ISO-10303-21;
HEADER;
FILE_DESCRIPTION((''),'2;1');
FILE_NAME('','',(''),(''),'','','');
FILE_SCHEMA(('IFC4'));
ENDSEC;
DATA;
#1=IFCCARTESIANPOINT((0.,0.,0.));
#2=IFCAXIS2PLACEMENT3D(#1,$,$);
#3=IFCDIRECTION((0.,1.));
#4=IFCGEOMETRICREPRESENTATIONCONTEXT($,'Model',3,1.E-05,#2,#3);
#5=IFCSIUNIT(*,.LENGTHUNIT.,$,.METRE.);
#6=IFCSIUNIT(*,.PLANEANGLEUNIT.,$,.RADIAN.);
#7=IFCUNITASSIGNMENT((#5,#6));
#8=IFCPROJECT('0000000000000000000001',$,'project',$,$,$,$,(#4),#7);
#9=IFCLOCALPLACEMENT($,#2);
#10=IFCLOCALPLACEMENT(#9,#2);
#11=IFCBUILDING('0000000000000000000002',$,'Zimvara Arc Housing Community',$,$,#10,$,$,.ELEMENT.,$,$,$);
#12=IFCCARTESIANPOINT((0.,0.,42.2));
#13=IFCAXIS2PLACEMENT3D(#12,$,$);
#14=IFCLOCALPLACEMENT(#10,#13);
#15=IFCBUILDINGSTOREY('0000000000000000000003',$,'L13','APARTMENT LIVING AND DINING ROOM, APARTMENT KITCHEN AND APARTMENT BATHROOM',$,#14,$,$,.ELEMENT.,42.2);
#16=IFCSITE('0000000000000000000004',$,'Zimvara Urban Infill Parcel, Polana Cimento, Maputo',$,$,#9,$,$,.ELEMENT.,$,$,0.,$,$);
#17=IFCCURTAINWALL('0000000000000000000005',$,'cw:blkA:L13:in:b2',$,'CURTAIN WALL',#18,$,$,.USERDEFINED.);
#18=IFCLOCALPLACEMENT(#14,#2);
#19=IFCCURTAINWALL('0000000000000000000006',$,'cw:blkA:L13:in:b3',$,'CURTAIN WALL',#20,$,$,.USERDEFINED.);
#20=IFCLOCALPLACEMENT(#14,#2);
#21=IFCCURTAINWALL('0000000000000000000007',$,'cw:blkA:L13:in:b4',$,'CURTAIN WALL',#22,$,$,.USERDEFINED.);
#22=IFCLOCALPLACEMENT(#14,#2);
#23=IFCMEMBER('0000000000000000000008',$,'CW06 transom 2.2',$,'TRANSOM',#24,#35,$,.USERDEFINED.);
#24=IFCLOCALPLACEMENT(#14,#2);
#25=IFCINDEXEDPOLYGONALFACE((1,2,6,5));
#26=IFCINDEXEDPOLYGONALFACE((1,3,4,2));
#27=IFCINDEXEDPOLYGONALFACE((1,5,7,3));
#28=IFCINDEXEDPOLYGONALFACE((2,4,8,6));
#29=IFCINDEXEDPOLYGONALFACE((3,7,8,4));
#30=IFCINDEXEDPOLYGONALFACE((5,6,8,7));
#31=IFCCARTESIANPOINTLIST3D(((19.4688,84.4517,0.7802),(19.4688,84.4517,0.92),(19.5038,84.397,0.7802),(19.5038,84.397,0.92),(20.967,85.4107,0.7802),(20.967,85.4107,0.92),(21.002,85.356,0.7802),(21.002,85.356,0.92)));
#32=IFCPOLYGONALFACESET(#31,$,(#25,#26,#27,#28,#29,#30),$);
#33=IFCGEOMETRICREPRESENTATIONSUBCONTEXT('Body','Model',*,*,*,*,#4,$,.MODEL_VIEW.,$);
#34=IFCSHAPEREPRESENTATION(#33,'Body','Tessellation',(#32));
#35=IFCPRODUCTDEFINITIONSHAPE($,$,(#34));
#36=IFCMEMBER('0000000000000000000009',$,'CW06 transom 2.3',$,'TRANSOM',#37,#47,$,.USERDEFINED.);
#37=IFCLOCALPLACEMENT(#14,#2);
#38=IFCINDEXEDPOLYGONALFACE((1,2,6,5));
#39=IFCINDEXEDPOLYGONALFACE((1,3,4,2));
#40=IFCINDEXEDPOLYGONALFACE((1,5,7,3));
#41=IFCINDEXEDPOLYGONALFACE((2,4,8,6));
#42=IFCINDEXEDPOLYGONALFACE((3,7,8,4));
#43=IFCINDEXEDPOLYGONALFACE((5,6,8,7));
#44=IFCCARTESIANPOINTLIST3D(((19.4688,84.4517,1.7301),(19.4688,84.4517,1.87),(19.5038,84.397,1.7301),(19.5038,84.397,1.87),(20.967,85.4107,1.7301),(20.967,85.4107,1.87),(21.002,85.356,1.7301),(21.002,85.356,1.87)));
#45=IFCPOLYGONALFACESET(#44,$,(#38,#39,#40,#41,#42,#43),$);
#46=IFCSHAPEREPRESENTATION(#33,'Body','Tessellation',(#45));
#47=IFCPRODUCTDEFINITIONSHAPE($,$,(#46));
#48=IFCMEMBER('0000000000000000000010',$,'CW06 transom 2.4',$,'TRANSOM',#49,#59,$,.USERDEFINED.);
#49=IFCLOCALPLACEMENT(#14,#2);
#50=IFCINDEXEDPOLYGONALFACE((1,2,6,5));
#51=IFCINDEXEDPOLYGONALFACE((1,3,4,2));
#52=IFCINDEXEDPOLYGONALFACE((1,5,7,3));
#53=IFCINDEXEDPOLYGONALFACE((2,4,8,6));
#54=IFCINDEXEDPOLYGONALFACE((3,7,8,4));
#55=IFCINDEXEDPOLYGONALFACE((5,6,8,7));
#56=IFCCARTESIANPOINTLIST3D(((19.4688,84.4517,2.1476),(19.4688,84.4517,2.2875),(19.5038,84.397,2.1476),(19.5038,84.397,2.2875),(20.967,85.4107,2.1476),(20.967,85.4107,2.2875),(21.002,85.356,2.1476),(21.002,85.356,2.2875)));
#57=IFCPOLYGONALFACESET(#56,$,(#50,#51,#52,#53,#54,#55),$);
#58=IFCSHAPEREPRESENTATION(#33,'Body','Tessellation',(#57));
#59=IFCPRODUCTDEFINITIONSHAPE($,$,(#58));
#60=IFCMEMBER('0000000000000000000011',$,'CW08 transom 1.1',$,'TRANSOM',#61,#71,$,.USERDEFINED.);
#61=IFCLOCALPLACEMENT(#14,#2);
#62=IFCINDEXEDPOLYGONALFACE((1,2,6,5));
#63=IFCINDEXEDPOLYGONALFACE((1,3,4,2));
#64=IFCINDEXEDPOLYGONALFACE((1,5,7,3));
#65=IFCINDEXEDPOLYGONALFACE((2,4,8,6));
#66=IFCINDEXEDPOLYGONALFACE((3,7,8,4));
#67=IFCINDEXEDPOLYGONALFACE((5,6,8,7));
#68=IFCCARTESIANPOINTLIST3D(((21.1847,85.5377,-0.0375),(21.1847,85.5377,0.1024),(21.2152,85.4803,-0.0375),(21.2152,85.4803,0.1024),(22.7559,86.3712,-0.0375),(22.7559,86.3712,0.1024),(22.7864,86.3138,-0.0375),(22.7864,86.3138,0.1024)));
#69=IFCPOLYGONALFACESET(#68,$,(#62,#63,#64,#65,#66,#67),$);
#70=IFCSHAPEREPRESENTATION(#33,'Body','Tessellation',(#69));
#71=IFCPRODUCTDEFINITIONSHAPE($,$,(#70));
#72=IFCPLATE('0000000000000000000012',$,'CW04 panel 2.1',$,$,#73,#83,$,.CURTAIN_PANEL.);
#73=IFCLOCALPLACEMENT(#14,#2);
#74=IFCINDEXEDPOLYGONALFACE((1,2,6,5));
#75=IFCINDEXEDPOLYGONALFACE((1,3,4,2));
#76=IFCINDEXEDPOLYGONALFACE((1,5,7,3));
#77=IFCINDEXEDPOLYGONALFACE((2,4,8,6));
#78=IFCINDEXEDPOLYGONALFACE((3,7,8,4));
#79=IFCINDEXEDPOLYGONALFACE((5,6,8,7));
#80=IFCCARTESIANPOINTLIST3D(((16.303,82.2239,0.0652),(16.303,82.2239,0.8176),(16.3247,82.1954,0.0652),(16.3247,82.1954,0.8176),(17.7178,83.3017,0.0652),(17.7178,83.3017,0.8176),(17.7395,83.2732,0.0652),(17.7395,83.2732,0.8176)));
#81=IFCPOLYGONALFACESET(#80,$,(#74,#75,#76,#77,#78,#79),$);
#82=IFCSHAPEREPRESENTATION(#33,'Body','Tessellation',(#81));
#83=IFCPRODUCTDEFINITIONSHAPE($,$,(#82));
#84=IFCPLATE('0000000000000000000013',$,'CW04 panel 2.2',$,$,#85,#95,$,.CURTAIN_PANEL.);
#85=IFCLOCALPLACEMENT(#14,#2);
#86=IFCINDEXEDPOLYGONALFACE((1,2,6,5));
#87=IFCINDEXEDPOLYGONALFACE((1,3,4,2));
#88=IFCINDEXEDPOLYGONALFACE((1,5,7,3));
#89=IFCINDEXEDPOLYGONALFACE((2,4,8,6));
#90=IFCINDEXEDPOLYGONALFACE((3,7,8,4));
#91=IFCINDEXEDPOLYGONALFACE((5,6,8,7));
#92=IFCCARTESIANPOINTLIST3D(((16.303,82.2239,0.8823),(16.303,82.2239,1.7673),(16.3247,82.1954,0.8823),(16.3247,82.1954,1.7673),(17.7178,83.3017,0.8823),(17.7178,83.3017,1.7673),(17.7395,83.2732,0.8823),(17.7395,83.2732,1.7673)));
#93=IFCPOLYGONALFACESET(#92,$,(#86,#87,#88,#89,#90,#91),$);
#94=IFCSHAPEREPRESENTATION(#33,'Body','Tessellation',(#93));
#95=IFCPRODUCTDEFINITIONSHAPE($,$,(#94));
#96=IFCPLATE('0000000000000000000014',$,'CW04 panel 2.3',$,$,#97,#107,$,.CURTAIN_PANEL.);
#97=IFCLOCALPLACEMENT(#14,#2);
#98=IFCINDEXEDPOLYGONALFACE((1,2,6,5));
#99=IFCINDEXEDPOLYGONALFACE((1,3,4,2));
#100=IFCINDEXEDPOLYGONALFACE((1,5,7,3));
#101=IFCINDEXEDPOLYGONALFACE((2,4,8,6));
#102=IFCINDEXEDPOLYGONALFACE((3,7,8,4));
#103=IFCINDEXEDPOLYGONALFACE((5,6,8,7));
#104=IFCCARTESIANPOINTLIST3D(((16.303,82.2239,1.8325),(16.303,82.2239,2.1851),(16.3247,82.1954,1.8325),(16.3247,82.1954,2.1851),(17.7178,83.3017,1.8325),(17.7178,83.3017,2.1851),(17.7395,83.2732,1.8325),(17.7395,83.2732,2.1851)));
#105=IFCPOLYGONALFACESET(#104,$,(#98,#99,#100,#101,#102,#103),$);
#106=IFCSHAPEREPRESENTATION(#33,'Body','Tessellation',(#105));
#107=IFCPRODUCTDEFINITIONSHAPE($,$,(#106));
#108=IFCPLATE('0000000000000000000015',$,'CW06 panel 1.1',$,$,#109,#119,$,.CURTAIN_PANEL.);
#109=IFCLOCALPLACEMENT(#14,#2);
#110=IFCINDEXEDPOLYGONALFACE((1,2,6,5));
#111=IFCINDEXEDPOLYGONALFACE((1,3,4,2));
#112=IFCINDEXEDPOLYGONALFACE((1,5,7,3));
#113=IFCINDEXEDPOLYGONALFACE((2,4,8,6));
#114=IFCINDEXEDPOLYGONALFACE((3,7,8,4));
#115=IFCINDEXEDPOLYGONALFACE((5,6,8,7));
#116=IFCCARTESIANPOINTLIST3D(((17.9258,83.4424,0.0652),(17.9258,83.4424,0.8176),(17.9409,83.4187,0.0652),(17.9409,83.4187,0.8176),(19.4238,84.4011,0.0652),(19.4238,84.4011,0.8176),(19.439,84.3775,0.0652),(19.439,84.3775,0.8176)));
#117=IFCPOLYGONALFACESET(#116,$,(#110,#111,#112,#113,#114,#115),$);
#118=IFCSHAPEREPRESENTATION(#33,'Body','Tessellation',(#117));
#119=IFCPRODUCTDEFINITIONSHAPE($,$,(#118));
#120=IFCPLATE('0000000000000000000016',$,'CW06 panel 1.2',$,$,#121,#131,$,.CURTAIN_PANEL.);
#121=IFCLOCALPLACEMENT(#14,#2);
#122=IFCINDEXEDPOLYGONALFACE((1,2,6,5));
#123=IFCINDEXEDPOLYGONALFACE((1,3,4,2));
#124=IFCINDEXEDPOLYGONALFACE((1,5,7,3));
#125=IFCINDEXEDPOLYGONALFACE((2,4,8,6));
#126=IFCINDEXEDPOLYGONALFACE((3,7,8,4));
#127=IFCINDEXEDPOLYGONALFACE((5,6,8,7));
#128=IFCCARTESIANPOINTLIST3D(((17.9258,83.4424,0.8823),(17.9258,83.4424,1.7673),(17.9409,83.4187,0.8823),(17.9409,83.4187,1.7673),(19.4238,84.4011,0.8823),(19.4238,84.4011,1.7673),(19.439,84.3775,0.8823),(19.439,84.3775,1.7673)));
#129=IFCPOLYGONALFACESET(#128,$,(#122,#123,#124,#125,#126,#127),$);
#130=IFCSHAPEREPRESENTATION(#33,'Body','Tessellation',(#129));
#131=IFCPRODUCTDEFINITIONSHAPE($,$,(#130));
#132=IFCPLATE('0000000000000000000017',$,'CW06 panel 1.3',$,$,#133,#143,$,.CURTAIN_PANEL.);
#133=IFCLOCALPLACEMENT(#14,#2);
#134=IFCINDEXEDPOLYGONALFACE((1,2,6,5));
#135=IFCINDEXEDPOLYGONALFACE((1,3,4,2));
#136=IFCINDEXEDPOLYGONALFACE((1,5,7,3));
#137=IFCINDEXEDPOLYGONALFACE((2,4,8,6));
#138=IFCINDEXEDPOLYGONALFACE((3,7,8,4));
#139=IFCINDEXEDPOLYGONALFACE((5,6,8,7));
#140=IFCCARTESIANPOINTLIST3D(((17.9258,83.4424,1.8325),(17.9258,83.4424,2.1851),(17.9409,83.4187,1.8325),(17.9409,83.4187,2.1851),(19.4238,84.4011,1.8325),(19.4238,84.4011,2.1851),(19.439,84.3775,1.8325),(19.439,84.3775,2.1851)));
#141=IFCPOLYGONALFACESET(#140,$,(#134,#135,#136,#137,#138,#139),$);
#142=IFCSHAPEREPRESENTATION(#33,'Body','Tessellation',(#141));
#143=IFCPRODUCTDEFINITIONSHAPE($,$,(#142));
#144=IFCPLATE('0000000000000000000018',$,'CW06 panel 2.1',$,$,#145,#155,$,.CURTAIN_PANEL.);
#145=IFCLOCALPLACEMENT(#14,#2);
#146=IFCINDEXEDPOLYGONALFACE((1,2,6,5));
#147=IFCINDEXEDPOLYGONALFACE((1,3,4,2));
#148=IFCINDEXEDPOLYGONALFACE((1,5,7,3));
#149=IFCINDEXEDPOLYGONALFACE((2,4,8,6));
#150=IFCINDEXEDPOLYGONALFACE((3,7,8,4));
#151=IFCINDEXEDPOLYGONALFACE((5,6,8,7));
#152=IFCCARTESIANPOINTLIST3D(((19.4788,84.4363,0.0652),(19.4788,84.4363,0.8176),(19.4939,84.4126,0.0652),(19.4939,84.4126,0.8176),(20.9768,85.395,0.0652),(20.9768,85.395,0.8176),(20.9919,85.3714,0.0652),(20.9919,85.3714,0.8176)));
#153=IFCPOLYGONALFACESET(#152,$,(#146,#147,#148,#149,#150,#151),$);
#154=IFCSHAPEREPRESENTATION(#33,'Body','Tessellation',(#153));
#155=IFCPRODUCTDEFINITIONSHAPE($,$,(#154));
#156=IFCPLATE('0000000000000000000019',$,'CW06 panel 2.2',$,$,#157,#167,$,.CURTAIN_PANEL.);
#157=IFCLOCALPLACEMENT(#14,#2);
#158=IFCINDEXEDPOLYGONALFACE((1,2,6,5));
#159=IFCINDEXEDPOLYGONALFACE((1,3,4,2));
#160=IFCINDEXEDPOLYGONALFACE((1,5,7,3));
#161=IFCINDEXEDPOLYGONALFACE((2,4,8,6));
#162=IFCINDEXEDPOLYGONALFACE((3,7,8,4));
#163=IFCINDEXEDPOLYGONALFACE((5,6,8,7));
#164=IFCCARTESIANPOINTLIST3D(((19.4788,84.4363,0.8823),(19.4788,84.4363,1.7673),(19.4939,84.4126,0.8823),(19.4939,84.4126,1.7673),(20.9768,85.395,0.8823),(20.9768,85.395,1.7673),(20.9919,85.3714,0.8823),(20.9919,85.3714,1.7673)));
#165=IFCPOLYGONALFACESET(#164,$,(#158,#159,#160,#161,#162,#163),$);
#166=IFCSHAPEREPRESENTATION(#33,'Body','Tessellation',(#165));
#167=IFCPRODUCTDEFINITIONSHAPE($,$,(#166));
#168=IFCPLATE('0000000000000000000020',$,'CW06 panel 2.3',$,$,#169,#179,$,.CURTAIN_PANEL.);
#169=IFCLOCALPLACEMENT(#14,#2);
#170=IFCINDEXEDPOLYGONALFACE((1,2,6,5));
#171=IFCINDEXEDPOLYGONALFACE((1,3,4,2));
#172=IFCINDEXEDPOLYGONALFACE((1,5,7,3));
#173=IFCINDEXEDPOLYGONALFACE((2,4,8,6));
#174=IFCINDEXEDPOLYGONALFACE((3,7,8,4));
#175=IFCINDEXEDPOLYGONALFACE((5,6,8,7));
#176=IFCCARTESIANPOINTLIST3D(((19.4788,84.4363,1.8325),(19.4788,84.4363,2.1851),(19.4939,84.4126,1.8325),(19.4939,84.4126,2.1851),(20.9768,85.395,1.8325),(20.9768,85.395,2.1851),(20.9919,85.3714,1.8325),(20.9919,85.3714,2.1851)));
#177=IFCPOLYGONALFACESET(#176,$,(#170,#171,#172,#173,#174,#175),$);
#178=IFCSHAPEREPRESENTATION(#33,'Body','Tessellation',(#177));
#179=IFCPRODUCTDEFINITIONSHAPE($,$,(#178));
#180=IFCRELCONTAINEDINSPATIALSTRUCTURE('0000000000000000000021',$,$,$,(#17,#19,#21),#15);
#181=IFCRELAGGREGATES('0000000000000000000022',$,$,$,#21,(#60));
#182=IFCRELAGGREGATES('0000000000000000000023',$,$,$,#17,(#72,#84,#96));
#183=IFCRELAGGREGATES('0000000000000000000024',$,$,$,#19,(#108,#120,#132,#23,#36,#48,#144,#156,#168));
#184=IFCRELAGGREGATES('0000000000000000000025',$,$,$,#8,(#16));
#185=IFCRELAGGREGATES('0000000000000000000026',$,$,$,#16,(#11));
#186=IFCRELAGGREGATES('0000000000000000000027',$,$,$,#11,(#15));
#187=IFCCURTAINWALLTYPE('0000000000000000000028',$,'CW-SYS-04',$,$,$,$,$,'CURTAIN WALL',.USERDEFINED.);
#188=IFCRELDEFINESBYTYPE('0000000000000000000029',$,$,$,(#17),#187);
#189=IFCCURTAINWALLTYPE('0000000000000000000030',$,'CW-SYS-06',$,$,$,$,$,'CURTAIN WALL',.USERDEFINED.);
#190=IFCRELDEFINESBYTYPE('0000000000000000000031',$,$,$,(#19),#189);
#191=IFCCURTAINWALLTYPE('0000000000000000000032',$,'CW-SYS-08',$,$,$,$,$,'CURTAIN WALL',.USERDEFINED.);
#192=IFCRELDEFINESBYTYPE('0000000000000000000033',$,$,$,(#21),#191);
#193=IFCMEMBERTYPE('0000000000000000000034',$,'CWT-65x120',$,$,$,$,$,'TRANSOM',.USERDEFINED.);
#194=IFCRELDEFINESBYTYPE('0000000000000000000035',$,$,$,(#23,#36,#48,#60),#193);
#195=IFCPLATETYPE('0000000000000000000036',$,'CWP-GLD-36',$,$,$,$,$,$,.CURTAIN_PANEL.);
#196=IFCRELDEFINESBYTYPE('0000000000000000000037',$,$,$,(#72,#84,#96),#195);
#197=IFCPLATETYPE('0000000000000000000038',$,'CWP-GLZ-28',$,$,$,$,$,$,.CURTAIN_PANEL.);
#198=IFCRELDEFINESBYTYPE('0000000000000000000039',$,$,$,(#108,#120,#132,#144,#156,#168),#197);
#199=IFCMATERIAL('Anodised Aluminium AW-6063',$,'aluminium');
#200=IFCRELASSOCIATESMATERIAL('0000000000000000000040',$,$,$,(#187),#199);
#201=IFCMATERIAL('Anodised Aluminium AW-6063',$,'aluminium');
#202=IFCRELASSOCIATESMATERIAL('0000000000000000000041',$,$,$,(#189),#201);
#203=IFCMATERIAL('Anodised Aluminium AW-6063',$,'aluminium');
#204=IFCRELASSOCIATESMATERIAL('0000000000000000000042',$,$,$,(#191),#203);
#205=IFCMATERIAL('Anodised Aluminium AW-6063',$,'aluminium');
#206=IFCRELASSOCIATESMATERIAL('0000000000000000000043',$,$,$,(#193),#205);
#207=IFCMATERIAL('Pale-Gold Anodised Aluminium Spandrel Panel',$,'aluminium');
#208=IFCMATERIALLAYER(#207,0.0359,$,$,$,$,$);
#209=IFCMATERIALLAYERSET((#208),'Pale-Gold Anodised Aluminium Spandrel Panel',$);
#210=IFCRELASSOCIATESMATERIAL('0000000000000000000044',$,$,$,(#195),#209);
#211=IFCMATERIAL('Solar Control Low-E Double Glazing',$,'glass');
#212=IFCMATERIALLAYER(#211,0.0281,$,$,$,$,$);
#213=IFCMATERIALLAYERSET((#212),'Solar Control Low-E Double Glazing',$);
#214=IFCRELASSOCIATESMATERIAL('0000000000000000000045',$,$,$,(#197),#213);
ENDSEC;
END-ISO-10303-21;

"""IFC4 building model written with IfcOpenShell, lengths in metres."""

from ifc_helpers import new_model, si_unit, direction, frame, origin, origin_2d, place, context, subcontext, project, spatial, rectangle, extrude, material, layer, layer_set, material_profile, profile_set, type_object, element, aggregate, save


model = new_model("IFC4")

# Units and contexts
model_context = context("Model", 3, precision=1e-05, world=origin(), true_north=direction((0.0, 1.0)))
body_context = subcontext(model_context, "Body", "Model", "MODEL_VIEW")
ifc_project = project(units=[si_unit("LENGTHUNIT", "METRE"), si_unit("PLANEANGLEUNIT", "RADIAN")], contexts=[model_context])

# Site, building, storey
site_placement = place(None, origin())
site = spatial("IfcSite", under=ifc_project, at=site_placement, Name="Zimvara Urban Infill Parcel, Polana Cimento, Maputo", CompositionType="ELEMENT", RefElevation=0.0)
building_placement = place(site_placement, origin())
building = spatial("IfcBuilding", under=site, at=building_placement, Name="Zimvara Arc Housing Community", CompositionType="ELEMENT")
storey_placement = place(building_placement, frame((0.0, 0.0, 42.2)))
storey = spatial("IfcBuildingStorey", under=building, at=storey_placement, Name="L13", Description="APARTMENT LIVING AND DINING ROOM, APARTMENT KITCHEN AND APARTMENT BATHROOM", CompositionType="ELEMENT", Elevation=42.2)

# Curtain wall
ifc_material_1 = material(Name="Anodised Aluminium AW-6063", Category="aluminium")
curtain_wall_type_1 = type_object("IfcCurtainWallType", Name="CW-SYS-04", ElementType="CURTAIN WALL", PredefinedType="USERDEFINED", material=ifc_material_1)
curtain_wall_1_placement = place(storey_placement, origin())
curtain_wall_1 = element("IfcCurtainWall", 1, at=curtain_wall_1_placement, inside=storey, type_object=curtain_wall_type_1, Name="cw:blkA:L13:in:b2", ObjectType="CURTAIN WALL", PredefinedType="USERDEFINED")

# Curtain wall
ifc_material_2 = material(Name="Anodised Aluminium AW-6063", Category="aluminium")
curtain_wall_type_2 = type_object("IfcCurtainWallType", Name="CW-SYS-06", ElementType="CURTAIN WALL", PredefinedType="USERDEFINED", material=ifc_material_2)
curtain_wall_2_placement = place(storey_placement, origin())
curtain_wall_2 = element("IfcCurtainWall", 2, at=curtain_wall_2_placement, inside=storey, type_object=curtain_wall_type_2, Name="cw:blkA:L13:in:b3", ObjectType="CURTAIN WALL", PredefinedType="USERDEFINED")

# Curtain wall
ifc_material_3 = material(Name="Anodised Aluminium AW-6063", Category="aluminium")
curtain_wall_type_3 = type_object("IfcCurtainWallType", Name="CW-SYS-08", ElementType="CURTAIN WALL", PredefinedType="USERDEFINED", material=ifc_material_3)
curtain_wall_3_placement = place(storey_placement, origin())
curtain_wall_3 = element("IfcCurtainWall", 3, at=curtain_wall_3_placement, inside=storey, type_object=curtain_wall_type_3, Name="cw:blkA:L13:in:b4", ObjectType="CURTAIN WALL", PredefinedType="USERDEFINED")

# Members
ifc_material_4 = material(Name="Anodised Aluminium AW-6063", Category="aluminium")
ifc_material_profile_1 = material_profile(ifc_material_4, rectangle(XDim=0.0649, YDim=0.1399, at=origin_2d()), Name="ALU 65x140")
ifc_profile_set_1 = profile_set([ifc_material_profile_1], Name="Anodised Aluminium AW-6063")
member_type_1 = type_object("IfcMemberType", Name="CWT-65x120", ElementType="TRANSOM", PredefinedType="USERDEFINED", material=ifc_profile_set_1)
member_1_placement = place(storey_placement, frame((19.4863, 84.4243, 0.8501), z_axis=(0.842212, 0.539147, 0.0), x_axis=(-0.539147, 0.842212, 0.0)))
member_1 = element("IfcMember", 4, at=member_1_placement, type_object=member_type_1, Name="CW06 transom 2.2", ObjectType="TRANSOM", PredefinedType="USERDEFINED", context=body_context, shape_type="SweptSolid", body=[
    extrude(rectangle(XDim=0.0649, YDim=0.1399, at=origin_2d()), origin(), (0.0, 0.0, 1.0), 1.7788),
])
member_2_placement = place(storey_placement, frame((19.4863, 84.4243, 1.8), z_axis=(0.842212, 0.539147, 0.0), x_axis=(-0.539147, 0.842212, 0.0)))
member_2 = element("IfcMember", 5, at=member_2_placement, type_object=member_type_1, Name="CW06 transom 2.3", ObjectType="TRANSOM", PredefinedType="USERDEFINED", context=body_context, shape_type="SweptSolid", body=[
    extrude(rectangle(XDim=0.0649, YDim=0.1399, at=origin_2d()), origin(), (0.0, 0.0, 1.0), 1.7788),
])
member_3_placement = place(storey_placement, frame((19.4863, 84.4243, 2.2175), z_axis=(0.842212, 0.539147, 0.0), x_axis=(-0.539147, 0.842212, 0.0)))
member_3 = element("IfcMember", 6, at=member_3_placement, type_object=member_type_1, Name="CW06 transom 2.4", ObjectType="TRANSOM", PredefinedType="USERDEFINED", context=body_context, shape_type="SweptSolid", body=[
    extrude(rectangle(XDim=0.0649, YDim=0.1399, at=origin_2d()), origin(), (0.0, 0.0, 1.0), 1.7788),
])
member_4_placement = place(storey_placement, frame((21.2, 85.509, 0.0325), z_axis=(0.883407, 0.468607, 0.0), x_axis=(-0.468607, 0.883407, 0.0)))
member_4 = element("IfcMember", 7, at=member_4_placement, type_object=member_type_1, Name="CW08 transom 1.1", ObjectType="TRANSOM", PredefinedType="USERDEFINED", context=body_context, shape_type="SweptSolid", body=[
    extrude(rectangle(XDim=0.0649, YDim=0.1399, at=origin_2d()), origin(), (0.0, 0.0, 1.0), 1.7786),
])
aggregate(curtain_wall_3, [member_4])

# Plates
ifc_material_5 = material(Name="Pale-Gold Anodised Aluminium Spandrel Panel", Category="aluminium")
ifc_layer_1 = layer(ifc_material_5, 0.0359)
ifc_layer_set_1 = layer_set([ifc_layer_1], Name="Pale-Gold Anodised Aluminium Spandrel Panel")
plate_type_1 = type_object("IfcPlateType", Name="CWP-GLD-36", PredefinedType="CURTAIN_PANEL", material=ifc_layer_set_1)
plate_1_placement = place(storey_placement, frame((17.0212, 82.7485, 0.0652), z_axis=(0.0, 0.0, 1.0), x_axis=(0.795474, 0.605988, 0.0)))
plate_1 = element("IfcPlate", 8, at=plate_1_placement, type_object=plate_type_1, Name="CW04 panel 2.1", PredefinedType="CURTAIN_PANEL", context=body_context, shape_type="SweptSolid", body=[
    extrude(rectangle(XDim=1.7786, YDim=0.0359, at=origin_2d()), origin(), (0.0, 0.0, 1.0), 0.7524),
])
plate_2_placement = place(storey_placement, frame((17.0212, 82.7485, 0.8823), z_axis=(0.0, 0.0, 1.0), x_axis=(0.795474, 0.605988, 0.0)))
plate_2 = element("IfcPlate", 9, at=plate_2_placement, type_object=plate_type_1, Name="CW04 panel 2.2", PredefinedType="CURTAIN_PANEL", context=body_context, shape_type="SweptSolid", body=[
    extrude(rectangle(XDim=1.7786, YDim=0.0359, at=origin_2d()), origin(), (0.0, 0.0, 1.0), 0.885),
])
plate_3_placement = place(storey_placement, frame((17.0212, 82.7485, 1.8325), z_axis=(0.0, 0.0, 1.0), x_axis=(0.795474, 0.605988, 0.0)))
plate_3 = element("IfcPlate", 10, at=plate_3_placement, type_object=plate_type_1, Name="CW04 panel 2.3", PredefinedType="CURTAIN_PANEL", context=body_context, shape_type="SweptSolid", body=[
    extrude(rectangle(XDim=1.7786, YDim=0.0359, at=origin_2d()), origin(), (0.0, 0.0, 1.0), 0.3525),
])
aggregate(curtain_wall_1, [plate_1, plate_2, plate_3])
ifc_material_6 = material(Name="Solar Control Low-E Double Glazing", Category="glass")
ifc_layer_2 = layer(ifc_material_6, 0.0281)
ifc_layer_set_2 = layer_set([ifc_layer_2], Name="Solar Control Low-E Double Glazing")
plate_type_2 = type_object("IfcPlateType", Name="CWP-GLZ-28", PredefinedType="CURTAIN_PANEL", material=ifc_layer_set_2)
plate_4_placement = place(storey_placement, frame((18.6824, 83.9099, 0.0652), z_axis=(0.0, 0.0, 1.0), x_axis=(0.842264, 0.539065, 0.0)))
plate_4 = element("IfcPlate", 11, at=plate_4_placement, type_object=plate_type_2, Name="CW06 panel 1.1", PredefinedType="CURTAIN_PANEL", context=body_context, shape_type="SweptSolid", body=[
    extrude(rectangle(XDim=1.7786, YDim=0.0281, at=origin_2d()), origin(), (0.0, 0.0, 1.0), 0.7524),
])
plate_5_placement = place(storey_placement, frame((18.6824, 83.9099, 0.8823), z_axis=(0.0, 0.0, 1.0), x_axis=(0.842264, 0.539065, 0.0)))
plate_5 = element("IfcPlate", 12, at=plate_5_placement, type_object=plate_type_2, Name="CW06 panel 1.2", PredefinedType="CURTAIN_PANEL", context=body_context, shape_type="SweptSolid", body=[
    extrude(rectangle(XDim=1.7786, YDim=0.0281, at=origin_2d()), origin(), (0.0, 0.0, 1.0), 0.885),
])
plate_6_placement = place(storey_placement, frame((18.6824, 83.9099, 1.8325), z_axis=(0.0, 0.0, 1.0), x_axis=(0.842264, 0.539065, 0.0)))
plate_6 = element("IfcPlate", 13, at=plate_6_placement, type_object=plate_type_2, Name="CW06 panel 1.3", PredefinedType="CURTAIN_PANEL", context=body_context, shape_type="SweptSolid", body=[
    extrude(rectangle(XDim=1.7786, YDim=0.0281, at=origin_2d()), origin(), (0.0, 0.0, 1.0), 0.3525),
])
plate_7_placement = place(storey_placement, frame((20.2354, 84.9038, 0.0652), z_axis=(0.0, 0.0, 1.0), x_axis=(0.842264, 0.539065, 0.0)))
plate_7 = element("IfcPlate", 14, at=plate_7_placement, type_object=plate_type_2, Name="CW06 panel 2.1", PredefinedType="CURTAIN_PANEL", context=body_context, shape_type="SweptSolid", body=[
    extrude(rectangle(XDim=1.7786, YDim=0.0281, at=origin_2d()), origin(), (0.0, 0.0, 1.0), 0.7524),
])
plate_8_placement = place(storey_placement, frame((20.2354, 84.9038, 0.8823), z_axis=(0.0, 0.0, 1.0), x_axis=(0.842264, 0.539065, 0.0)))
plate_8 = element("IfcPlate", 15, at=plate_8_placement, type_object=plate_type_2, Name="CW06 panel 2.2", PredefinedType="CURTAIN_PANEL", context=body_context, shape_type="SweptSolid", body=[
    extrude(rectangle(XDim=1.7786, YDim=0.0281, at=origin_2d()), origin(), (0.0, 0.0, 1.0), 0.885),
])
plate_9_placement = place(storey_placement, frame((20.2354, 84.9038, 1.8325), z_axis=(0.0, 0.0, 1.0), x_axis=(0.842264, 0.539065, 0.0)))
plate_9 = element("IfcPlate", 16, at=plate_9_placement, type_object=plate_type_2, Name="CW06 panel 2.3", PredefinedType="CURTAIN_PANEL", context=body_context, shape_type="SweptSolid", body=[
    extrude(rectangle(XDim=1.7786, YDim=0.0281, at=origin_2d()), origin(), (0.0, 0.0, 1.0), 0.3525),
])
aggregate(curtain_wall_2, [plate_4, plate_5, plate_6, member_1, member_2, member_3, plate_7, plate_8, plate_9])

save(model, "model.ifc")
